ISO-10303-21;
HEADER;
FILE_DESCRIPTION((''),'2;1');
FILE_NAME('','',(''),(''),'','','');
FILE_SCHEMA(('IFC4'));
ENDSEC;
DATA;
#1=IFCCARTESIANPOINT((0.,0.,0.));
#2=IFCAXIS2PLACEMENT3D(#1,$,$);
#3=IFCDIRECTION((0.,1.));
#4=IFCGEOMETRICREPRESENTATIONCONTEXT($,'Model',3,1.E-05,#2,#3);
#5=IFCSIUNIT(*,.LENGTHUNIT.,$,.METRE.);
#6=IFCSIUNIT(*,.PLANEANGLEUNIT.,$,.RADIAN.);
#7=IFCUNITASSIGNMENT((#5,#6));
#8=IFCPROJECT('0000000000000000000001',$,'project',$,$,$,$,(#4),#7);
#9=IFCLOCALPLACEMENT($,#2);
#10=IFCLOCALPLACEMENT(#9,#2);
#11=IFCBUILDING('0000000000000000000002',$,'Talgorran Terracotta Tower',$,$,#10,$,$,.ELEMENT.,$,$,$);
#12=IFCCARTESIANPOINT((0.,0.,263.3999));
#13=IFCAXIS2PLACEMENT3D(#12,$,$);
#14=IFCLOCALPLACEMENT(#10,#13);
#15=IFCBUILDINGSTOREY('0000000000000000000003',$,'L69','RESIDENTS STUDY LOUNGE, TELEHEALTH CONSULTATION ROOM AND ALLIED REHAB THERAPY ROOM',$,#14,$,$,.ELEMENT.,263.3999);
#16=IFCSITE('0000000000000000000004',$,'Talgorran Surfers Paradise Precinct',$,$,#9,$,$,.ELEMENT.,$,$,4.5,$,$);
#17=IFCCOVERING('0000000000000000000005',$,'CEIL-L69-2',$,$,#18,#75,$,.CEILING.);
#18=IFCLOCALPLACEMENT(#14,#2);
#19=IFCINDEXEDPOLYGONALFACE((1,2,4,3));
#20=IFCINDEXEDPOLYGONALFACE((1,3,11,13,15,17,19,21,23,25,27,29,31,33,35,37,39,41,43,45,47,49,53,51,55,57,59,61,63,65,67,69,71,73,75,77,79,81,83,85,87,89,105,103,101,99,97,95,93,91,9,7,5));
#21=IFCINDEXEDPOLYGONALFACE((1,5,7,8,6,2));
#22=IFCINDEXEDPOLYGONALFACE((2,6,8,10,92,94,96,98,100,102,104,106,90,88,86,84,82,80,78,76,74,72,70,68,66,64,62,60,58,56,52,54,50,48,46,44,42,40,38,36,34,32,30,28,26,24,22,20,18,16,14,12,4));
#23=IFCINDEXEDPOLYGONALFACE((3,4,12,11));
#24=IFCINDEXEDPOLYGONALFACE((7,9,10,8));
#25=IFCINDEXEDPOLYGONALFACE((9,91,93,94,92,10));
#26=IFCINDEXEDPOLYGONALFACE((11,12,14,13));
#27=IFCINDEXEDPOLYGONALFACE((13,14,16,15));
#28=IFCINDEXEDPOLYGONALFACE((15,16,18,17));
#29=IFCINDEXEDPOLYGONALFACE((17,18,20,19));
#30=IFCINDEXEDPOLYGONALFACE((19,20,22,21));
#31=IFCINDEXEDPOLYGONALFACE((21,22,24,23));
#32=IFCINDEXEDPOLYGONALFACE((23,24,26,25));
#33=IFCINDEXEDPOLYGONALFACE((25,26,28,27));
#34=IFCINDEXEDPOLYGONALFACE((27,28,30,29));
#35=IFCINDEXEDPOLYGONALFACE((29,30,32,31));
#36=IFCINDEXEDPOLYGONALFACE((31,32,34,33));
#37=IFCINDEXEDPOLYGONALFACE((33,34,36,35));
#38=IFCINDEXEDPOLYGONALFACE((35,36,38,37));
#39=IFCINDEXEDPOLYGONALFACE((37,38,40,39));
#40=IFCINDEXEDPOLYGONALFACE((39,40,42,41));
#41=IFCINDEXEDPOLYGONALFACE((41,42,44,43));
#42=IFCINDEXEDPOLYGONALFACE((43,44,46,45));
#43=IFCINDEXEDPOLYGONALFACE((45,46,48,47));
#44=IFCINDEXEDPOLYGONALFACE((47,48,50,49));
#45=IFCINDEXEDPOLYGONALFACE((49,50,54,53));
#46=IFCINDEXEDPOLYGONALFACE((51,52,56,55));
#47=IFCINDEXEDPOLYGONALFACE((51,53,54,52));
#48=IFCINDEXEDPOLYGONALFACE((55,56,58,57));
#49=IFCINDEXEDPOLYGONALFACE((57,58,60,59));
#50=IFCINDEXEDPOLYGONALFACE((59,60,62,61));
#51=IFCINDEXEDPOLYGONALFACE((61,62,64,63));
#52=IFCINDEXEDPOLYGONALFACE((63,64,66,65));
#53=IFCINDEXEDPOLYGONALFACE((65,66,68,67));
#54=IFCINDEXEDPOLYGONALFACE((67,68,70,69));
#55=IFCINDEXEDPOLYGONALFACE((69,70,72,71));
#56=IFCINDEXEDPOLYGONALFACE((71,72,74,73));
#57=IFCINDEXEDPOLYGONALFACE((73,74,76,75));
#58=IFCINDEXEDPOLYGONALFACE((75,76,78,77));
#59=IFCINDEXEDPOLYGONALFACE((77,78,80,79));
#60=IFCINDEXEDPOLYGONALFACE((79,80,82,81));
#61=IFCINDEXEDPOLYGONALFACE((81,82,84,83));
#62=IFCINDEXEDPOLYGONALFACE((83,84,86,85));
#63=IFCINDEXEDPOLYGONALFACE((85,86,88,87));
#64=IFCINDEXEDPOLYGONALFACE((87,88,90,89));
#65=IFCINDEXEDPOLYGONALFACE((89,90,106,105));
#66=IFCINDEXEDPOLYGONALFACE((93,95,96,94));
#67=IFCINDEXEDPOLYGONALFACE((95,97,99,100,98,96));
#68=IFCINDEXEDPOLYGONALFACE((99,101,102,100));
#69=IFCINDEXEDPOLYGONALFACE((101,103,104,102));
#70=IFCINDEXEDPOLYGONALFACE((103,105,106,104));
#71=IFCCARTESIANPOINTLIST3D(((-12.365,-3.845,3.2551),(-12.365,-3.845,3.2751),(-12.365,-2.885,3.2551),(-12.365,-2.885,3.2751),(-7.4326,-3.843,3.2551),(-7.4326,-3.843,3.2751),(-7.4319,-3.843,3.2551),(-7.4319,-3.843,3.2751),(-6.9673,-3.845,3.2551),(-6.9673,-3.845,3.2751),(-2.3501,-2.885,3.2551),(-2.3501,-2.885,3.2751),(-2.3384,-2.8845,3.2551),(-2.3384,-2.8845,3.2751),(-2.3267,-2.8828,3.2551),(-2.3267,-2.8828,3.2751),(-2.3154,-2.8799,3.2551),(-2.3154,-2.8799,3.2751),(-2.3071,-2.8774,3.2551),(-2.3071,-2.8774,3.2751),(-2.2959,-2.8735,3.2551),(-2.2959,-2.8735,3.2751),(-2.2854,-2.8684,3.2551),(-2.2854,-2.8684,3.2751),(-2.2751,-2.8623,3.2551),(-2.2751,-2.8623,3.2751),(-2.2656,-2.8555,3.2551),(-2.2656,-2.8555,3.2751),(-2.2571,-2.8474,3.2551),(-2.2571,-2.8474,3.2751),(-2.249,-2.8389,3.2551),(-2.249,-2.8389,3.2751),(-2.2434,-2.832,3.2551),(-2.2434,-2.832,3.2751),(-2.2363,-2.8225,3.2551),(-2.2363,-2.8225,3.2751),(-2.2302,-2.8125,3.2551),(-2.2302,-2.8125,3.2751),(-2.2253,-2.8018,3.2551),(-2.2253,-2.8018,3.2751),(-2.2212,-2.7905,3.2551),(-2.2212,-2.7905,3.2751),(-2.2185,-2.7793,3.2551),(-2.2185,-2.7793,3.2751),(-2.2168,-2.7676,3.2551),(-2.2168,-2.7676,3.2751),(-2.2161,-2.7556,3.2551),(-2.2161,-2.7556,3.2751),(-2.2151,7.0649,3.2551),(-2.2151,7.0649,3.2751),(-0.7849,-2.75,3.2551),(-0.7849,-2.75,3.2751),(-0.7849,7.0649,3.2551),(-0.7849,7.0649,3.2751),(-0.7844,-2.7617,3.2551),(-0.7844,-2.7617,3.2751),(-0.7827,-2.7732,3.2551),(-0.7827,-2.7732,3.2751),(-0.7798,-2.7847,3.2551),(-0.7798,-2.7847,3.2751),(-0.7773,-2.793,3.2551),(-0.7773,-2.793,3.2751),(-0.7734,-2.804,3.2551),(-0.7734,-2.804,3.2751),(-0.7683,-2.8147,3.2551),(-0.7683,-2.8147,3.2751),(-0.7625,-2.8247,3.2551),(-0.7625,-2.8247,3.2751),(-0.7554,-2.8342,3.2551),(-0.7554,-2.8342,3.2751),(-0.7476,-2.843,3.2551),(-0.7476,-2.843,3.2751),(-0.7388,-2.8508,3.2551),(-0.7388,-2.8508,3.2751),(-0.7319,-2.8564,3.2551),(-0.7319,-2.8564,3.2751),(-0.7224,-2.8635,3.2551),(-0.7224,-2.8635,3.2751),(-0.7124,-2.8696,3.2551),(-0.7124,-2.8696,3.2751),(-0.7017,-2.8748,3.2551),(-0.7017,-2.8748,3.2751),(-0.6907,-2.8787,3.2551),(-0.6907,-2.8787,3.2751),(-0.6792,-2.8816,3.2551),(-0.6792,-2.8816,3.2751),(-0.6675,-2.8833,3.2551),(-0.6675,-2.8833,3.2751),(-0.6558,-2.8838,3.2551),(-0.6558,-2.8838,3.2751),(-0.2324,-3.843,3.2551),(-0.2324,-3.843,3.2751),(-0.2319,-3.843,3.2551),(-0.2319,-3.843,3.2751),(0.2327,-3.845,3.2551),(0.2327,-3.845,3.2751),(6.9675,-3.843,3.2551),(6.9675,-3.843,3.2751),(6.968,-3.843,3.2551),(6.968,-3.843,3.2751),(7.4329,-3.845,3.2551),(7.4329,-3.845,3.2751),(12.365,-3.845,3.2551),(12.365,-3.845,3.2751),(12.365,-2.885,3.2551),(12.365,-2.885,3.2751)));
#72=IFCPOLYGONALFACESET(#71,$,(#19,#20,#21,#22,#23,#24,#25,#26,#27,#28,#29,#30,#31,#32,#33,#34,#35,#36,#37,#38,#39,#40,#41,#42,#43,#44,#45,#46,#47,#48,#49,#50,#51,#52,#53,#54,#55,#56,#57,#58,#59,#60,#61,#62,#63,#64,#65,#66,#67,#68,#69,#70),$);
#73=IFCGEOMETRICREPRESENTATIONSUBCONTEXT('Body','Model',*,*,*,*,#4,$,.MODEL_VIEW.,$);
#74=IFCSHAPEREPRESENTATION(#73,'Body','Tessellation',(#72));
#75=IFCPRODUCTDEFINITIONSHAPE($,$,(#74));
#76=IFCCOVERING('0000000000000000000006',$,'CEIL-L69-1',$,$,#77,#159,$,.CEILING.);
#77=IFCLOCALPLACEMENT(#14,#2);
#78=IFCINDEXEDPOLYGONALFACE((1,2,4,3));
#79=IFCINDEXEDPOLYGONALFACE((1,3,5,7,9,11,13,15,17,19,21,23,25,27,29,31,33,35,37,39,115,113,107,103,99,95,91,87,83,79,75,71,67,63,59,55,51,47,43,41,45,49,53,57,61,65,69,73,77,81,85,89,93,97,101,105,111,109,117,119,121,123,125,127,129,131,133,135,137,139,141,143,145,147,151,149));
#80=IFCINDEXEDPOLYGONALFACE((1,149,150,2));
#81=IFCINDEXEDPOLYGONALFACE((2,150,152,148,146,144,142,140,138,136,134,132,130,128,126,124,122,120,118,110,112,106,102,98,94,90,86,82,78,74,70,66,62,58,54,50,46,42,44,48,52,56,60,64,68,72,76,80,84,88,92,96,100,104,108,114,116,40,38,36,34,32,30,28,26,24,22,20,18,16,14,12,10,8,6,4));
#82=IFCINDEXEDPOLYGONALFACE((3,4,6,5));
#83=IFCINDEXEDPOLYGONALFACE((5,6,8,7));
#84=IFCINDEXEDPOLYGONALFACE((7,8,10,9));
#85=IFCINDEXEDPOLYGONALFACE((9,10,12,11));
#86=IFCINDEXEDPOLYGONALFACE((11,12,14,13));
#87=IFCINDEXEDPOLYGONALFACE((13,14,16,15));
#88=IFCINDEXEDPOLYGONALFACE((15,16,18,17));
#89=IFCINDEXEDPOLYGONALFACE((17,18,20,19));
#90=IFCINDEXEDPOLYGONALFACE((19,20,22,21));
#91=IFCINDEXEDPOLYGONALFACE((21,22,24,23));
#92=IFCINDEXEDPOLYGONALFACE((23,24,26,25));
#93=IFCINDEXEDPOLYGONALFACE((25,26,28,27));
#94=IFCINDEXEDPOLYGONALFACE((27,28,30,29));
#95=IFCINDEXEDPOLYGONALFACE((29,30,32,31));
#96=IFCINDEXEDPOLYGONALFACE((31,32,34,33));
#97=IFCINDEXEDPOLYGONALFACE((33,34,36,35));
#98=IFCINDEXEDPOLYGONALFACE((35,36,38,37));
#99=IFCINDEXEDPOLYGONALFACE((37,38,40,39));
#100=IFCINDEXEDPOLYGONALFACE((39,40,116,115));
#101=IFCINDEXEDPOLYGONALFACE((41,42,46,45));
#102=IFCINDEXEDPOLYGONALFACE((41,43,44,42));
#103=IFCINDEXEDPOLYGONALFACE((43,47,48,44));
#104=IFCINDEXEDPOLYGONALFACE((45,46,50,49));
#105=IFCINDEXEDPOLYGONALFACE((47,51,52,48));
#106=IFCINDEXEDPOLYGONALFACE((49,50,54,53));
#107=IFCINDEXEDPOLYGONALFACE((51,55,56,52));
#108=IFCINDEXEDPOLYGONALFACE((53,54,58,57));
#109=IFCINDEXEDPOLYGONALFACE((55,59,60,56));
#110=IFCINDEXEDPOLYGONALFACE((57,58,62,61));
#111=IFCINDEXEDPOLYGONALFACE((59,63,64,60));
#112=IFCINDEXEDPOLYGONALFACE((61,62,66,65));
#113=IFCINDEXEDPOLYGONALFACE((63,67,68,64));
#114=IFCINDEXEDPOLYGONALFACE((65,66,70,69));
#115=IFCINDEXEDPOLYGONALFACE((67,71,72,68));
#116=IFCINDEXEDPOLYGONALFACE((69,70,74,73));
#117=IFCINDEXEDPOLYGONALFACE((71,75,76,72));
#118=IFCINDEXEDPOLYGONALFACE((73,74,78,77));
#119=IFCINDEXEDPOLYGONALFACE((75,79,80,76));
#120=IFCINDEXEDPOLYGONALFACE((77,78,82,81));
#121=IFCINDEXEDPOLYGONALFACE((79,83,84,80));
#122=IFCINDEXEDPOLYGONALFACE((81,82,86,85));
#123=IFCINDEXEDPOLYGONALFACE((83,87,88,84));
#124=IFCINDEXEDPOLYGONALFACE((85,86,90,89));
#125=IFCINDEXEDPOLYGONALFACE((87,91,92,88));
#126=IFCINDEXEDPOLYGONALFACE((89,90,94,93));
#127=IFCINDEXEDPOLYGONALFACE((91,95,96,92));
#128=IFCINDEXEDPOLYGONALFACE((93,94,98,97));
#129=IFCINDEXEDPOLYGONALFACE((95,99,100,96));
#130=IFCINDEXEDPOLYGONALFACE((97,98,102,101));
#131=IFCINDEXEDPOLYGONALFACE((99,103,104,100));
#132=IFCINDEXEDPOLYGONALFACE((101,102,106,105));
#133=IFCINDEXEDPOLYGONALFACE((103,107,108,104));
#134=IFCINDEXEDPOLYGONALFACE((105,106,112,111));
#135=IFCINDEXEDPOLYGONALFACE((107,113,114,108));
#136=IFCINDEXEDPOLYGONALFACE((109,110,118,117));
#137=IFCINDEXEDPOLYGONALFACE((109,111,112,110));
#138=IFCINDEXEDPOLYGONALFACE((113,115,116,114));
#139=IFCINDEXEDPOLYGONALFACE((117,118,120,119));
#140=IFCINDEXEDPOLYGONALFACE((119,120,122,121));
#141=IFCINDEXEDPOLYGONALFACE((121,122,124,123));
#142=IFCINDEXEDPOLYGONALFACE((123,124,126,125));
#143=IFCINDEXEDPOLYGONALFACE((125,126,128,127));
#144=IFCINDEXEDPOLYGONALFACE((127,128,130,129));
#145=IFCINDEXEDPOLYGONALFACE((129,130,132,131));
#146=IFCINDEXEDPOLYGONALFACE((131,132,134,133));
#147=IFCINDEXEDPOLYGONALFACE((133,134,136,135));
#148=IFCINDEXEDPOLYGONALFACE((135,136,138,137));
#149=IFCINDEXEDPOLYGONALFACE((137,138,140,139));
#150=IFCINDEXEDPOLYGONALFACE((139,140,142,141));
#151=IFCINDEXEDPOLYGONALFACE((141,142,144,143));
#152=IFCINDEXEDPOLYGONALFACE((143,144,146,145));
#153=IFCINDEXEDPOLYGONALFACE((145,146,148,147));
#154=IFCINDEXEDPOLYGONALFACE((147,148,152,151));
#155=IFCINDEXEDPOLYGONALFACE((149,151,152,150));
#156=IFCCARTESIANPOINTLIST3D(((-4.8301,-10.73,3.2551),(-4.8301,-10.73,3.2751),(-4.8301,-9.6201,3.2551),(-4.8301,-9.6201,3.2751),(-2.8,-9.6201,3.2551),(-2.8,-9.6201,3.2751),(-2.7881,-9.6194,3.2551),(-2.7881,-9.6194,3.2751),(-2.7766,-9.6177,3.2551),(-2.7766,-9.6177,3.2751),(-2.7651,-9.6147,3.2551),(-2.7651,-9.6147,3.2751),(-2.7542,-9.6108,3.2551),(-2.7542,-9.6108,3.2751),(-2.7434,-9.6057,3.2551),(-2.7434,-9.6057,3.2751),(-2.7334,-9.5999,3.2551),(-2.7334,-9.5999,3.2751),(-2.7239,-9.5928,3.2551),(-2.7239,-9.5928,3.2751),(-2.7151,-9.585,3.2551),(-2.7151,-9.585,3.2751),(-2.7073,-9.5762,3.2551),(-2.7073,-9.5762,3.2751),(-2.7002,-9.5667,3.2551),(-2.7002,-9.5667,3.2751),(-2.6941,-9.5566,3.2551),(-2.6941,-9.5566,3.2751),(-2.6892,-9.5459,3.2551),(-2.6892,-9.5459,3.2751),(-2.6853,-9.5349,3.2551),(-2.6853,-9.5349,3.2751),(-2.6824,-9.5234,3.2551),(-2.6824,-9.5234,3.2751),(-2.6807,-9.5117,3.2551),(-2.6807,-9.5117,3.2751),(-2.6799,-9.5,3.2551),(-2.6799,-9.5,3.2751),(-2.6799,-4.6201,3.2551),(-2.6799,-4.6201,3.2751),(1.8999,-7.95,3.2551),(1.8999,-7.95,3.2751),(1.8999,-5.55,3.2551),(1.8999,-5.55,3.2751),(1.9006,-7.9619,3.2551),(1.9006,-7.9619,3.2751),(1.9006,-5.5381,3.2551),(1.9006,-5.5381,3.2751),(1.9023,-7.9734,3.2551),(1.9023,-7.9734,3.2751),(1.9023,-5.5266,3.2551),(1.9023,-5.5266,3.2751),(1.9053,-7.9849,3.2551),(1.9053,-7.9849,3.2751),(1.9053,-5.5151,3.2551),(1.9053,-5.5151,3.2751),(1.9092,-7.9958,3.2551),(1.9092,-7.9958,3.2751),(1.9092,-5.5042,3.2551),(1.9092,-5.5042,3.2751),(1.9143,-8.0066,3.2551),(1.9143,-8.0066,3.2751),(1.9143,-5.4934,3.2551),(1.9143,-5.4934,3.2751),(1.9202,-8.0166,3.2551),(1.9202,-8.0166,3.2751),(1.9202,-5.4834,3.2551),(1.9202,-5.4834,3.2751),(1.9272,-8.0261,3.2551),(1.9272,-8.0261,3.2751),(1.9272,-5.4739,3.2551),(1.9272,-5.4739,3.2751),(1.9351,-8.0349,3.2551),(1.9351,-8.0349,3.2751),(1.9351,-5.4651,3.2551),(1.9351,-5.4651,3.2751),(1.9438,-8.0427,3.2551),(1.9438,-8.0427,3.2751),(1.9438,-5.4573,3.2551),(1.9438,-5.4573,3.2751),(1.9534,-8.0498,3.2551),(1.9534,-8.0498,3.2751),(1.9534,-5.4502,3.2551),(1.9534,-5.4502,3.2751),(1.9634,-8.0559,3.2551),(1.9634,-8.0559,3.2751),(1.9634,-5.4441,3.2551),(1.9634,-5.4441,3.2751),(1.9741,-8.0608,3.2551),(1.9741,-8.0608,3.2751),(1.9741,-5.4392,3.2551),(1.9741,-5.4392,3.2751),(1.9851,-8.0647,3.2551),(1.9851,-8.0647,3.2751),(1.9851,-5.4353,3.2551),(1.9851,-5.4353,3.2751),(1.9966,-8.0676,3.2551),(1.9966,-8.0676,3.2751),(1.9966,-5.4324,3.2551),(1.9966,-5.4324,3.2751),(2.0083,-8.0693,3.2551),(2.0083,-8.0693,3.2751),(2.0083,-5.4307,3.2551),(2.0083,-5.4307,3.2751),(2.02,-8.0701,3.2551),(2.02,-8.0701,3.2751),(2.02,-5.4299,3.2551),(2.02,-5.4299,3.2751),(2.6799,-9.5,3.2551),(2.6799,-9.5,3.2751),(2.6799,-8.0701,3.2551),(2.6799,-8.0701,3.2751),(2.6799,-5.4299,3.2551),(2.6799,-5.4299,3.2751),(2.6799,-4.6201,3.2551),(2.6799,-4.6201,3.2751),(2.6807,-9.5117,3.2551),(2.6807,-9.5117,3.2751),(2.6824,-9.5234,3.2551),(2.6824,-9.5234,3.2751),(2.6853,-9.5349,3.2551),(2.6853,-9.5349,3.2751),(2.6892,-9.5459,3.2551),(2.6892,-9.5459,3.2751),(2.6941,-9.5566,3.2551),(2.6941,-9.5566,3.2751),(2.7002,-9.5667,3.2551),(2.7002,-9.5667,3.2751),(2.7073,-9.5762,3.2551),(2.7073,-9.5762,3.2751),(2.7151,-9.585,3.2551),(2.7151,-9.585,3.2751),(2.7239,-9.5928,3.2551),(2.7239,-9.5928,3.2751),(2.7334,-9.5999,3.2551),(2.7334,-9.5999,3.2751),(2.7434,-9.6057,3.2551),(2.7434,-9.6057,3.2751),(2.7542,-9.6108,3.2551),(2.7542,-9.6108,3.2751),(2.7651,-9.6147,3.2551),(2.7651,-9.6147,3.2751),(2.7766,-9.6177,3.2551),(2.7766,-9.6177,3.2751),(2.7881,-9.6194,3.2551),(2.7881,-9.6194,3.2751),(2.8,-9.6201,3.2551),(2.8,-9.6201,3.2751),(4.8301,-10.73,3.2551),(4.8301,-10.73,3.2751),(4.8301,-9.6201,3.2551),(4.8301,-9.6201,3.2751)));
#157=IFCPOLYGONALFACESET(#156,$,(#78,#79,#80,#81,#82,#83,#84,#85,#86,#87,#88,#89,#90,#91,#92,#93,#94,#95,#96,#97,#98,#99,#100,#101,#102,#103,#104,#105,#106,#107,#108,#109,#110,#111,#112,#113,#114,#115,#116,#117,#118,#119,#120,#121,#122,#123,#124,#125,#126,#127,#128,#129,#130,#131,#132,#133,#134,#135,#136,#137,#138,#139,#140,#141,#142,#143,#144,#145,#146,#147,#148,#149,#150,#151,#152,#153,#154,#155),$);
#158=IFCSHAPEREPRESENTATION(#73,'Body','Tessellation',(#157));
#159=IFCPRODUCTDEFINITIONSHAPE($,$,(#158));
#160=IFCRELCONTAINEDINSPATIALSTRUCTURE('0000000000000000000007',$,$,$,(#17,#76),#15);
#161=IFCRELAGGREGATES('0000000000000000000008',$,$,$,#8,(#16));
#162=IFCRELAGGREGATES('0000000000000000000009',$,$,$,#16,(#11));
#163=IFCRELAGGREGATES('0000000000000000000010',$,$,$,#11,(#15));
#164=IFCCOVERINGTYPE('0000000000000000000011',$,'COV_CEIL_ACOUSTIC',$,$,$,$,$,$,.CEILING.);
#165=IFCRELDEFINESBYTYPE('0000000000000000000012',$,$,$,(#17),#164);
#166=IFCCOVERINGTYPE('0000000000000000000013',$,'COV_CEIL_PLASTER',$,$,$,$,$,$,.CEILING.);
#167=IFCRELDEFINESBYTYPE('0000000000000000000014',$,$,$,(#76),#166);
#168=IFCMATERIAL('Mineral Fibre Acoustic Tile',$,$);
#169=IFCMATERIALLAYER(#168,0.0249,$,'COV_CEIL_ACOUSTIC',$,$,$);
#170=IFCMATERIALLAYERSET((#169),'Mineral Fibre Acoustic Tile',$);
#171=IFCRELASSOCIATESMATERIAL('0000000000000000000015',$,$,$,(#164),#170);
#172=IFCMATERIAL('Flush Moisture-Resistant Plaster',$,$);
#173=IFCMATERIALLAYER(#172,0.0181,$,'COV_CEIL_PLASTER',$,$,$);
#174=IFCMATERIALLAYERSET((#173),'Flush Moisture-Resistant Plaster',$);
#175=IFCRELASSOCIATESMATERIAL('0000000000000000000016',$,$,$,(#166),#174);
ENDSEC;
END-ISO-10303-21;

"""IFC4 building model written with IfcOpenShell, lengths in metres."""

from ifc_helpers import new_model, si_unit, direction, frame, origin, place, context, subcontext, project, spatial, polyline, outline, extrude, material, layer, layer_set, type_object, element, save


model = new_model("IFC4")

# Units and contexts
model_context = context("Model", 3, precision=1e-05, world=origin(), true_north=direction((0.0, 1.0)))
body_context = subcontext(model_context, "Body", "Model", "MODEL_VIEW")
ifc_project = project(units=[si_unit("LENGTHUNIT", "METRE"), si_unit("PLANEANGLEUNIT", "RADIAN")], contexts=[model_context])

# Site, building, storey
site_placement = place(None, origin())
site = spatial("IfcSite", under=ifc_project, at=site_placement, Name="Talgorran Surfers Paradise Precinct", CompositionType="ELEMENT", RefElevation=4.5)
building_placement = place(site_placement, origin())
building = spatial("IfcBuilding", under=site, at=building_placement, Name="Talgorran Terracotta Tower", CompositionType="ELEMENT")
storey_placement = place(building_placement, frame((0.0, 0.0, 263.3999)))
storey = spatial("IfcBuildingStorey", under=building, at=storey_placement, Name="L69", Description="RESIDENTS STUDY LOUNGE, TELEHEALTH CONSULTATION ROOM AND ALLIED REHAB THERAPY ROOM", CompositionType="ELEMENT", Elevation=263.3999)

# Coverings
ifc_material_1 = material(Name="Mineral Fibre Acoustic Tile")
ifc_layer_1 = layer(ifc_material_1, 0.0249, Name="COV_CEIL_ACOUSTIC")
ifc_layer_set_1 = layer_set([ifc_layer_1], Name="Mineral Fibre Acoustic Tile")
covering_type_1 = type_object("IfcCoveringType", Name="COV_CEIL_ACOUSTIC", PredefinedType="CEILING", material=ifc_layer_set_1)
covering_1_placement = place(storey_placement, frame((0.0, 0.0, 3.2551)))
element("IfcCovering", 1, at=covering_1_placement, inside=storey, type_object=covering_type_1, Name="CEIL-L69-2", PredefinedType="CEILING", context=body_context, shape_type="SweptSolid", body=[
    extrude(outline(polyline([(-12.365, -2.885), (-2.3501, -2.885), (-2.3384, -2.8845), (-2.3267, -2.8828), (-2.3154, -2.8799), (-2.3071, -2.8774), (-2.2959, -2.8735), (-2.2854, -2.8684), (-2.2751, -2.8623), (-2.2656, -2.8555), (-2.2571, -2.8474), (-2.249, -2.8389), (-2.2434, -2.832), (-2.2363, -2.8225), (-2.2302, -2.8125), (-2.2253, -2.8018), (-2.2212, -2.7905), (-2.2185, -2.7793), (-2.2168, -2.7676), (-2.2161, -2.7556), (-2.2151, 7.0649), (-0.7849, 7.0649), (-0.7849, -2.75), (-0.7844, -2.7617), (-0.7827, -2.7732), (-0.7798, -2.7847), (-0.7773, -2.793), (-0.7734, -2.804), (-0.7683, -2.8147), (-0.7625, -2.8247), (-0.7554, -2.8342), (-0.7476, -2.843), (-0.7388, -2.8508), (-0.7319, -2.8564), (-0.7224, -2.8635), (-0.7124, -2.8696), (-0.7017, -2.8748), (-0.6907, -2.8787), (-0.6792, -2.8816), (-0.6675, -2.8833), (-0.6558, -2.8838), (12.365, -2.885), (12.365, -3.845), (7.4329, -3.845), (6.968, -3.843), (6.9675, -3.843), (0.2327, -3.845), (-0.2319, -3.843), (-0.2324, -3.843), (-6.9673, -3.845), (-7.4319, -3.843), (-7.4326, -3.843), (-12.365, -3.845), (-12.365, -2.885)])), origin(), (0.0, 0.0, 1.0), 0.02),
])
ifc_material_2 = material(Name="Flush Moisture-Resistant Plaster")
ifc_layer_2 = layer(ifc_material_2, 0.0181, Name="COV_CEIL_PLASTER")
ifc_layer_set_2 = layer_set([ifc_layer_2], Name="Flush Moisture-Resistant Plaster")
covering_type_2 = type_object("IfcCoveringType", Name="COV_CEIL_PLASTER", PredefinedType="CEILING", material=ifc_layer_set_2)
covering_2_placement = place(storey_placement, frame((0.0, 0.0, 3.2551)))
element("IfcCovering", 2, at=covering_2_placement, inside=storey, type_object=covering_type_2, Name="CEIL-L69-1", PredefinedType="CEILING", context=body_context, shape_type="SweptSolid", body=[
    extrude(outline(polyline([(4.8301, -9.6201), (4.8301, -10.73), (-4.8301, -10.73), (-4.8301, -9.6201), (-2.8, -9.6201), (-2.7881, -9.6194), (-2.7766, -9.6177), (-2.7651, -9.6147), (-2.7542, -9.6108), (-2.7434, -9.6057), (-2.7334, -9.5999), (-2.7239, -9.5928), (-2.7151, -9.585), (-2.7073, -9.5762), (-2.7002, -9.5667), (-2.6941, -9.5566), (-2.6892, -9.5459), (-2.6853, -9.5349), (-2.6824, -9.5234), (-2.6807, -9.5117), (-2.6799, -9.5), (-2.6799, -4.6201), (2.6799, -4.6201), (2.6799, -5.4299), (2.02, -5.4299), (2.0083, -5.4307), (1.9966, -5.4324), (1.9851, -5.4353), (1.9741, -5.4392), (1.9634, -5.4441), (1.9534, -5.4502), (1.9438, -5.4573), (1.9351, -5.4651), (1.9272, -5.4739), (1.9202, -5.4834), (1.9143, -5.4934), (1.9092, -5.5042), (1.9053, -5.5151), (1.9023, -5.5266), (1.9006, -5.5381), (1.8999, -5.55), (1.8999, -7.95), (1.9006, -7.9619), (1.9023, -7.9734), (1.9053, -7.9849), (1.9092, -7.9958), (1.9143, -8.0066), (1.9202, -8.0166), (1.9272, -8.0261), (1.9351, -8.0349), (1.9438, -8.0427), (1.9534, -8.0498), (1.9634, -8.0559), (1.9741, -8.0608), (1.9851, -8.0647), (1.9966, -8.0676), (2.0083, -8.0693), (2.02, -8.0701), (2.6799, -8.0701), (2.6799, -9.5), (2.6807, -9.5117), (2.6824, -9.5234), (2.6853, -9.5349), (2.6892, -9.5459), (2.6941, -9.5566), (2.7002, -9.5667), (2.7073, -9.5762), (2.7151, -9.585), (2.7239, -9.5928), (2.7334, -9.5999), (2.7434, -9.6057), (2.7542, -9.6108), (2.7651, -9.6147), (2.7766, -9.6177), (2.7881, -9.6194), (2.8, -9.6201), (4.8301, -9.6201)])), origin(), (0.0, 0.0, 1.0), 0.02),
])

save(model, "model.ifc")
